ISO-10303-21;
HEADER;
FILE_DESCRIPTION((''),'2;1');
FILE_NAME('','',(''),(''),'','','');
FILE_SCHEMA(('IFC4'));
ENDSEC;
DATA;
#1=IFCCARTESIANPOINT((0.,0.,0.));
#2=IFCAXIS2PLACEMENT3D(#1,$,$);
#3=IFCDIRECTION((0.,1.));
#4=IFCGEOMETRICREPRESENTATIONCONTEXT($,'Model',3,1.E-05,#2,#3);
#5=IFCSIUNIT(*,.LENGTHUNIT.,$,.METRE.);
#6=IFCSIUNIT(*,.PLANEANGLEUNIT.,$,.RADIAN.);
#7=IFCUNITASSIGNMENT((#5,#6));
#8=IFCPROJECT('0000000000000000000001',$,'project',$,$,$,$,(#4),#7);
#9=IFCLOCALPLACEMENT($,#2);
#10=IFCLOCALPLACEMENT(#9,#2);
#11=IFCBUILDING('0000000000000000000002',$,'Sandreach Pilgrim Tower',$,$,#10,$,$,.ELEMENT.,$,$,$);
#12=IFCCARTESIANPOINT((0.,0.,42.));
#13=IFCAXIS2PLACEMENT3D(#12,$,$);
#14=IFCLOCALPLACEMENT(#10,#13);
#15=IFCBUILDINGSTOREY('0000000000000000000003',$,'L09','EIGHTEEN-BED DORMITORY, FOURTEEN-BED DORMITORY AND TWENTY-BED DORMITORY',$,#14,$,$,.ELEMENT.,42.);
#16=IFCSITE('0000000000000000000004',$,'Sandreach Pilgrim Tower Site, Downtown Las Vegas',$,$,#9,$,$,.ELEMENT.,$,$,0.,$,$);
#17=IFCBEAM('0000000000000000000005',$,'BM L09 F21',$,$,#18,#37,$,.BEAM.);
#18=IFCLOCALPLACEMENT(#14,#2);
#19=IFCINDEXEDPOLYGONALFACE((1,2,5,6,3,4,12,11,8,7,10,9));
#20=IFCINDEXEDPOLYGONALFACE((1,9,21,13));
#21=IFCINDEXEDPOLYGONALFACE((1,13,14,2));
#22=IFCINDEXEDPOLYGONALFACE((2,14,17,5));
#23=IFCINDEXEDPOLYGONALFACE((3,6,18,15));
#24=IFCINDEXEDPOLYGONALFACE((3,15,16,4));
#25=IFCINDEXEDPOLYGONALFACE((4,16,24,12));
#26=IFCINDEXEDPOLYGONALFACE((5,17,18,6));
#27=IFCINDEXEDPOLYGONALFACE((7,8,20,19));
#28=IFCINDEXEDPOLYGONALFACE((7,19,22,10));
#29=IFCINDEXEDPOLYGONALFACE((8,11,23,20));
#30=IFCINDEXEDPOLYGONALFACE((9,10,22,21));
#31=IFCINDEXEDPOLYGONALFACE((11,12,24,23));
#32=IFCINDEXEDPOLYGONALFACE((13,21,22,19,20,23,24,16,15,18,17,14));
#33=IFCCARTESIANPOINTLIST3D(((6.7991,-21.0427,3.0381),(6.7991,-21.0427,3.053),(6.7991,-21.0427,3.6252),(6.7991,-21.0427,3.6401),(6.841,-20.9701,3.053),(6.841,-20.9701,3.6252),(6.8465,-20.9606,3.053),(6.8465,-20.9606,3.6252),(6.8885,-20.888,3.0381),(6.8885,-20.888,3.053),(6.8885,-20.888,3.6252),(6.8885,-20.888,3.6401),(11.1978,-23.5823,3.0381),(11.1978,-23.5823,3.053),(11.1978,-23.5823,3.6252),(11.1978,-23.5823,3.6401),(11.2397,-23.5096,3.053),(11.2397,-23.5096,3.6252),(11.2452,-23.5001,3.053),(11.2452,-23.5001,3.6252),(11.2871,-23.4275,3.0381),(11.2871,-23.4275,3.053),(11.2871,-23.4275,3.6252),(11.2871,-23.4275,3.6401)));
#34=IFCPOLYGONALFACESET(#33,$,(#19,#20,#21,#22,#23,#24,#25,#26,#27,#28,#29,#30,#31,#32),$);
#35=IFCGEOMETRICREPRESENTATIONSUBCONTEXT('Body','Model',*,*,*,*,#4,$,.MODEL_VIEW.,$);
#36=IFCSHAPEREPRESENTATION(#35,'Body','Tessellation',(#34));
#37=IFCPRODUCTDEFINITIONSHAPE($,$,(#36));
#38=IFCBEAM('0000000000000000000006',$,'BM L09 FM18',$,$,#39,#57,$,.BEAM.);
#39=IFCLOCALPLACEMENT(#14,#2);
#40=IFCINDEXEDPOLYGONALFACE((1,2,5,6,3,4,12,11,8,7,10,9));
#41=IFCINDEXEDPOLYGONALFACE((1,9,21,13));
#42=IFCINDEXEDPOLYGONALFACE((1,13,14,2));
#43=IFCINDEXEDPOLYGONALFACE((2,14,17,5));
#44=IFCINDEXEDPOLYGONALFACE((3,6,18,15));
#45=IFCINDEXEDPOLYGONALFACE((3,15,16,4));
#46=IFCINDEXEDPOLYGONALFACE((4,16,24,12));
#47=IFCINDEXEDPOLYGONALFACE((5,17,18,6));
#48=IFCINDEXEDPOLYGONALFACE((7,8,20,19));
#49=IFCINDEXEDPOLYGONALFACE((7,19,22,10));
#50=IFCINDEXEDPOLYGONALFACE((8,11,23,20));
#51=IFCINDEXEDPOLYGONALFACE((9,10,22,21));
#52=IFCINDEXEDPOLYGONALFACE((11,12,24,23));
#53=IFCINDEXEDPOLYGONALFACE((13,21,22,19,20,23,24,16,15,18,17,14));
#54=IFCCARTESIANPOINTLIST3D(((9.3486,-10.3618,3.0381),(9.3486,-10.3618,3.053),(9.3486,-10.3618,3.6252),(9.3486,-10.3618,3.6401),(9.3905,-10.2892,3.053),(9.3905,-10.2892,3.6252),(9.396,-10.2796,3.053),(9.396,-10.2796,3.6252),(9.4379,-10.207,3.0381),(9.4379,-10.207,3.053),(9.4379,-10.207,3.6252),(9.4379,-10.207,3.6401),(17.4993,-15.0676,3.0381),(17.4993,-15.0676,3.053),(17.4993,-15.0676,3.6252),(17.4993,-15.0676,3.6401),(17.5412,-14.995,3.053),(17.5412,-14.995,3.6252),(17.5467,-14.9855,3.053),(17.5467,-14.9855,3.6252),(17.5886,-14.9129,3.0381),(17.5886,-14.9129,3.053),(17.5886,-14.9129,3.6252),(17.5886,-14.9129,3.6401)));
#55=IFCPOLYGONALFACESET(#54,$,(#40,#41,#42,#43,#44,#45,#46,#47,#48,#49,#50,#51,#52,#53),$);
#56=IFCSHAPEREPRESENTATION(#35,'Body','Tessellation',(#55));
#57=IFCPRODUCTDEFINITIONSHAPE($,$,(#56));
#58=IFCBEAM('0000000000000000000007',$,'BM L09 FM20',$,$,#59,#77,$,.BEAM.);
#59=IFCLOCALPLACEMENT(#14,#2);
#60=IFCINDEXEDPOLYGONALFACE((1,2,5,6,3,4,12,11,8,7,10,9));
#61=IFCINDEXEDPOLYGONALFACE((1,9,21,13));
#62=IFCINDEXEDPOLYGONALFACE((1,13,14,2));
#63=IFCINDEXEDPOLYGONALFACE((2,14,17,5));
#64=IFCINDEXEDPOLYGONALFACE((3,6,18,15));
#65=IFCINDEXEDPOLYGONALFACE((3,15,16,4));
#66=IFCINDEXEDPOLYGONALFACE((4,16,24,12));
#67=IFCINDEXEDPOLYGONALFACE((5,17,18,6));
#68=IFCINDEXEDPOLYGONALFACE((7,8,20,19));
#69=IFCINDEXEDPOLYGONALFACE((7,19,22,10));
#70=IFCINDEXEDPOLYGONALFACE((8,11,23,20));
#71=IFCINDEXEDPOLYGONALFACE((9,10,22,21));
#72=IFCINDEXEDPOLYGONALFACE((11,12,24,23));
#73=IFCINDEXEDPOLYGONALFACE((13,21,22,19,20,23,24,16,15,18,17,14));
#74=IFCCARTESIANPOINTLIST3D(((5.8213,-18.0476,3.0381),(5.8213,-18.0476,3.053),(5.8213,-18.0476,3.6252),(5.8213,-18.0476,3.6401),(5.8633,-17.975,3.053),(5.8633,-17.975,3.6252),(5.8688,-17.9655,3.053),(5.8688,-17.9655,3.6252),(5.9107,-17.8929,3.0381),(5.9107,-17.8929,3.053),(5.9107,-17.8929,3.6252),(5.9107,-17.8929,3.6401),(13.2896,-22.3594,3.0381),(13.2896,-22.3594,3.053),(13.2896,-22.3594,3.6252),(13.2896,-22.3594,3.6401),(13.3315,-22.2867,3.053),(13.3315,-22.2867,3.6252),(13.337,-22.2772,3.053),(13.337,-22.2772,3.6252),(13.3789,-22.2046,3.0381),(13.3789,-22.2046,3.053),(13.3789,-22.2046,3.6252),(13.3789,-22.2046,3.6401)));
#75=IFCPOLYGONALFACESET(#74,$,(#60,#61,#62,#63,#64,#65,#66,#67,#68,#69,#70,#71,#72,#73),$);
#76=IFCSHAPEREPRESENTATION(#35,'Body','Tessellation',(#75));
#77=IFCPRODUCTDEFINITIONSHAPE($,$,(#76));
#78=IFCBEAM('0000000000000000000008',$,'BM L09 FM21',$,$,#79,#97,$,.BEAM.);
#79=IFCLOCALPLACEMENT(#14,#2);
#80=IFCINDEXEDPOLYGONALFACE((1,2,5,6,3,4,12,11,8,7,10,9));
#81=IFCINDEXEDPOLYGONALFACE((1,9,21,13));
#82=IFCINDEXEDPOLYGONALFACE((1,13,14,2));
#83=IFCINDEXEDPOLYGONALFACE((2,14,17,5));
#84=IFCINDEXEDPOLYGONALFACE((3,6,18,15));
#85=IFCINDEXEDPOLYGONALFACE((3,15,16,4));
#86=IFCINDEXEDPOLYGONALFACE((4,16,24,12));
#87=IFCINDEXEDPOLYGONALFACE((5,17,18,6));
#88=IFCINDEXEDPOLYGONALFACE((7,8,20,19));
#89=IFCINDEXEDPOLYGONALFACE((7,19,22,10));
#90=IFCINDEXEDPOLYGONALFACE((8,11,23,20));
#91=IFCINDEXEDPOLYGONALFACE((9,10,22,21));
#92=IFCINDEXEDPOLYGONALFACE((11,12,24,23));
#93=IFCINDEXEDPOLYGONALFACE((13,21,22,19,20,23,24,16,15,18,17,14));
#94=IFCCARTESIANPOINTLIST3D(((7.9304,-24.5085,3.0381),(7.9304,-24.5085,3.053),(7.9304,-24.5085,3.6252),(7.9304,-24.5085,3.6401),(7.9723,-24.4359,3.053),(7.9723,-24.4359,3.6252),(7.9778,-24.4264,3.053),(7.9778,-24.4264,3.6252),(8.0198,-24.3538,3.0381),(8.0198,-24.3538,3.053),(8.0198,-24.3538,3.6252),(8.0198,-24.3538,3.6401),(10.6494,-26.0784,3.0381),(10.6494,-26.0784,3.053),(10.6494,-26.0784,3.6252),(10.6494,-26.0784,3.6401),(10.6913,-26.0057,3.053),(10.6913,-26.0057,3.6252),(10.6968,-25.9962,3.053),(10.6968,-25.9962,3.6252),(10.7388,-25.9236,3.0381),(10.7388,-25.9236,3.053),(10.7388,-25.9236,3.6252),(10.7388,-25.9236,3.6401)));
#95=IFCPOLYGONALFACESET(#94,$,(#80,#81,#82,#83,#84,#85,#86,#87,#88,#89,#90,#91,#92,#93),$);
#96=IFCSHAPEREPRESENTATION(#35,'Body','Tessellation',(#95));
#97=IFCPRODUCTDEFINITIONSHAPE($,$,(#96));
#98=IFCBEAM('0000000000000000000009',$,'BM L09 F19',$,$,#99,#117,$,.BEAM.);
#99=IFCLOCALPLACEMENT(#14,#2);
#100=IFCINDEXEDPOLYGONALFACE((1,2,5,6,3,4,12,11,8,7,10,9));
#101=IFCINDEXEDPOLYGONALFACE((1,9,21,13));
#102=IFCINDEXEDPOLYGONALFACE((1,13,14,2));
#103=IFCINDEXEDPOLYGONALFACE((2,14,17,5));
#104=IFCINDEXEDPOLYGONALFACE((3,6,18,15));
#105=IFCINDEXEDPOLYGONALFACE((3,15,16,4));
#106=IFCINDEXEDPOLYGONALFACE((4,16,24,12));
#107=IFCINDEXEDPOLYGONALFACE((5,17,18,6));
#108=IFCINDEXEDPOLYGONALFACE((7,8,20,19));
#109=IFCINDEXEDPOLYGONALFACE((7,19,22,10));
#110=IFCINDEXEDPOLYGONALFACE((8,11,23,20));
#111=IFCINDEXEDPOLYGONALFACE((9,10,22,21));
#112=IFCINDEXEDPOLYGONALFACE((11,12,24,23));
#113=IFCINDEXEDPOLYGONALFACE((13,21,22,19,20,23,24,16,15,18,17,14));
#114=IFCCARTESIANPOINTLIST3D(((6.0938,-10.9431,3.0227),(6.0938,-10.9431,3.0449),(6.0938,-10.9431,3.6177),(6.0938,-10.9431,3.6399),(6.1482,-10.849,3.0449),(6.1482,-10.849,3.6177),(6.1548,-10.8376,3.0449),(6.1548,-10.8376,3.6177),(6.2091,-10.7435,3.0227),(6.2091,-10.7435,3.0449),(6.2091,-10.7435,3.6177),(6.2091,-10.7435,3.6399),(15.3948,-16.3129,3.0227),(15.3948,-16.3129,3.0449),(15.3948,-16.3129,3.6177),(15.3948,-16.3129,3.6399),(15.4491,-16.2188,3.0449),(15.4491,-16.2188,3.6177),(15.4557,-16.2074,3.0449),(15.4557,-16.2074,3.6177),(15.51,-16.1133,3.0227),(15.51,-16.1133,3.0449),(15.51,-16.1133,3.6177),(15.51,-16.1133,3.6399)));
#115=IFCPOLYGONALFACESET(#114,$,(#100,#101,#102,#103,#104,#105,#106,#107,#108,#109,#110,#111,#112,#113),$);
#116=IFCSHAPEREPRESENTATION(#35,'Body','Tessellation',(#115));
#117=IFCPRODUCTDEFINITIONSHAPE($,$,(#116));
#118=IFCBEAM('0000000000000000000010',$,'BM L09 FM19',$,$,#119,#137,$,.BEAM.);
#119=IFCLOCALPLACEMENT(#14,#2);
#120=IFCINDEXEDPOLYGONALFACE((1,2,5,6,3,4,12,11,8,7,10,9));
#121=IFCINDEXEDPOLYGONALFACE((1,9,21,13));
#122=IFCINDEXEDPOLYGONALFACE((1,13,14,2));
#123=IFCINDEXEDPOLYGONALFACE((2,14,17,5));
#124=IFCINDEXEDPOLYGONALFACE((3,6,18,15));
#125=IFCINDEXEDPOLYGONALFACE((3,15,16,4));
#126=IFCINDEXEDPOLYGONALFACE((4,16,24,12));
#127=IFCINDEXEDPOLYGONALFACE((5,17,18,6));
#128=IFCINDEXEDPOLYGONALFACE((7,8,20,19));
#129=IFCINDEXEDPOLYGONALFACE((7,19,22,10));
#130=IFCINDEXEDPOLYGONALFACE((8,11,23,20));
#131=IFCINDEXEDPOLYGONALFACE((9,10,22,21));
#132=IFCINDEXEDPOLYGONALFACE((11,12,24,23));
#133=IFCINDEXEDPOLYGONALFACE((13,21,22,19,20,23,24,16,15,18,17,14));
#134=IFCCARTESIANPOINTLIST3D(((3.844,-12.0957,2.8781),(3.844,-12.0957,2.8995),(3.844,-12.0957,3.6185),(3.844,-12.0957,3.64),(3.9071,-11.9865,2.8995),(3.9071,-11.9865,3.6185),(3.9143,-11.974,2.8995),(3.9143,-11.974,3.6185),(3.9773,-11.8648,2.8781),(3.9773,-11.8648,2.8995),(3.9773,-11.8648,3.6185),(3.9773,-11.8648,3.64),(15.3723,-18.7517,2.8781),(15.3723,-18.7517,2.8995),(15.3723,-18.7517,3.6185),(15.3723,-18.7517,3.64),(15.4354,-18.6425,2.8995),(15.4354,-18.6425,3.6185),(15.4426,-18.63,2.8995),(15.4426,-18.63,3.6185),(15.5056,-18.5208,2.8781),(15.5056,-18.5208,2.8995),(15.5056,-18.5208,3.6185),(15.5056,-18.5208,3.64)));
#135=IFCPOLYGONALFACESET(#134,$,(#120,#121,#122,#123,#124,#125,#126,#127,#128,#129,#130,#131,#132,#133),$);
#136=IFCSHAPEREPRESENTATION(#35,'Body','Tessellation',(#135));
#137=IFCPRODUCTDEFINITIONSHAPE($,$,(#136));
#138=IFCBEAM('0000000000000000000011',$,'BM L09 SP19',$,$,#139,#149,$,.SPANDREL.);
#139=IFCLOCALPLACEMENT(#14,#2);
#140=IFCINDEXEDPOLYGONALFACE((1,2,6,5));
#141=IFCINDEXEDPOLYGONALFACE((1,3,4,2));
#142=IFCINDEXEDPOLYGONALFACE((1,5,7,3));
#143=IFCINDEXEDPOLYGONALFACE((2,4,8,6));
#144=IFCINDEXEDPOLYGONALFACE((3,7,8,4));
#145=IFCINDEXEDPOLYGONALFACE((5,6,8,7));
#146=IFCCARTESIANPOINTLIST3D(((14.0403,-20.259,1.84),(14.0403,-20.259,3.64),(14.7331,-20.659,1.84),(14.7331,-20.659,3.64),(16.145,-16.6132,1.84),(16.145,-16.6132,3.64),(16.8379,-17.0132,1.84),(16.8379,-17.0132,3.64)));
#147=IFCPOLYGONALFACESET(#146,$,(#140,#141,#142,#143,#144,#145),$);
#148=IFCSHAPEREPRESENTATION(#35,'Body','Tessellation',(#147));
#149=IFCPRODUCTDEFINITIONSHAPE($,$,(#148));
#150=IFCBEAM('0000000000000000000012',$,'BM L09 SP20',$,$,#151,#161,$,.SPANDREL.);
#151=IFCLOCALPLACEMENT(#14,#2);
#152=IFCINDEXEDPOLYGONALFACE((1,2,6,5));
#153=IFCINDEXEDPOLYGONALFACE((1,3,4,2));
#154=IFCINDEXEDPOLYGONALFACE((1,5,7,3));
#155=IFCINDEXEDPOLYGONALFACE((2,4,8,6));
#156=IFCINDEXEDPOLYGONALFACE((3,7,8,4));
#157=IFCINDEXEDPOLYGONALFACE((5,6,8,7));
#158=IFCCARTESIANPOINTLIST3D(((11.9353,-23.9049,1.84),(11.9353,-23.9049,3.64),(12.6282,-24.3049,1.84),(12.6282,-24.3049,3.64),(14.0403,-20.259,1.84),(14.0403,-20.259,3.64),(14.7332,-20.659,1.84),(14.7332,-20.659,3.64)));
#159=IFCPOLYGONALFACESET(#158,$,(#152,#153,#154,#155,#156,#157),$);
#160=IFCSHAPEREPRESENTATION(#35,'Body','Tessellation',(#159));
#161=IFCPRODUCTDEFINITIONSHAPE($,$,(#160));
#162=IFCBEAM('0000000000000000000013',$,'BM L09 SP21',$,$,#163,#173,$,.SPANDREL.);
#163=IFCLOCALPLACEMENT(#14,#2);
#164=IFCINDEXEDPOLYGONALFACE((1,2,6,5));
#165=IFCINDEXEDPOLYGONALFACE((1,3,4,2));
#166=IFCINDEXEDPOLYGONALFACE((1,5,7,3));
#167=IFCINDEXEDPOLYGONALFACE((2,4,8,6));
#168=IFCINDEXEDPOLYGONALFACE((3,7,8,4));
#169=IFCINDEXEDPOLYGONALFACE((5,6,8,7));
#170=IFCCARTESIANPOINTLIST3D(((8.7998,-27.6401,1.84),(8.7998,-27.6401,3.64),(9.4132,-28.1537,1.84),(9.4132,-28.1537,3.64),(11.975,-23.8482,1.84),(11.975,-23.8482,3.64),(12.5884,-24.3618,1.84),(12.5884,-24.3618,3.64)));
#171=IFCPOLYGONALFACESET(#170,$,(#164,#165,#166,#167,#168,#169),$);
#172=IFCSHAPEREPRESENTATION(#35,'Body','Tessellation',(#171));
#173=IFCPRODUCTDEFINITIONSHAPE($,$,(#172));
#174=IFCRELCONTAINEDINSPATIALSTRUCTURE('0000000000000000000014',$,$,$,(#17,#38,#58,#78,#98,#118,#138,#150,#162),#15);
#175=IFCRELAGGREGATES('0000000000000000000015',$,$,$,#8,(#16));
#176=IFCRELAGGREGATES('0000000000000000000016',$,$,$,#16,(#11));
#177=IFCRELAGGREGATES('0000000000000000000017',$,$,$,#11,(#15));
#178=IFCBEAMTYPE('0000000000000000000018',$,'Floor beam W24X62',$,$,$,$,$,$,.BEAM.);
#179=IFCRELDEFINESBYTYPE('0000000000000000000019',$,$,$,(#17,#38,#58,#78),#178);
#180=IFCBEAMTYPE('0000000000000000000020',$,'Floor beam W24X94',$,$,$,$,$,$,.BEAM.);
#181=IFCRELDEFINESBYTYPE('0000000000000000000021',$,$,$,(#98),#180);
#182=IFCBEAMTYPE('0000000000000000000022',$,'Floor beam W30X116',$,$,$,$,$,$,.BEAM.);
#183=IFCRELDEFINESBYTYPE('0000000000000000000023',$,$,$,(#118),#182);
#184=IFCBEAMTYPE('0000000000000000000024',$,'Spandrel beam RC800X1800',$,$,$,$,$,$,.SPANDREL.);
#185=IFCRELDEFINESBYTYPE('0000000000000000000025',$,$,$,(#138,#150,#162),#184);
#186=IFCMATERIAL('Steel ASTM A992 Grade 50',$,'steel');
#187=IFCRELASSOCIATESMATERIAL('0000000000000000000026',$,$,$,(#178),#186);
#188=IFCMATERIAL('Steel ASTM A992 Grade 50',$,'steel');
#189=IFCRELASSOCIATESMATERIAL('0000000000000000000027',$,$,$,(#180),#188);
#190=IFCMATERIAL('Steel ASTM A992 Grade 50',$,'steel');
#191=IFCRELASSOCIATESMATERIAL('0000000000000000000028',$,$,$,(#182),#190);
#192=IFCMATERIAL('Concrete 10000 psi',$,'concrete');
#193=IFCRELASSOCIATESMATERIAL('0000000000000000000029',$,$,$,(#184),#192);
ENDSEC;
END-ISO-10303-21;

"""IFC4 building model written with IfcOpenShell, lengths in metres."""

from ifc_helpers import new_model, si_unit, direction, frame, origin, origin_2d, place, context, subcontext, project, spatial, rectangle, i_section, extrude, material, material_profile, profile_set, type_object, element, save


model = new_model("IFC4")

# Units and contexts
model_context = context("Model", 3, precision=1e-05, world=origin(), true_north=direction((0.0, 1.0)))
body_context = subcontext(model_context, "Body", "Model", "MODEL_VIEW")
ifc_project = project(units=[si_unit("LENGTHUNIT", "METRE"), si_unit("PLANEANGLEUNIT", "RADIAN")], contexts=[model_context])

# Site, building, storey
site_placement = place(None, origin())
site = spatial("IfcSite", under=ifc_project, at=site_placement, Name="Sandreach Pilgrim Tower Site, Downtown Las Vegas", CompositionType="ELEMENT", RefElevation=0.0)
building_placement = place(site_placement, origin())
building = spatial("IfcBuilding", under=site, at=building_placement, Name="Sandreach Pilgrim Tower", CompositionType="ELEMENT")
storey_placement = place(building_placement, frame((0.0, 0.0, 42.0)))
storey = spatial("IfcBuildingStorey", under=building, at=storey_placement, Name="L09", Description="EIGHTEEN-BED DORMITORY, FOURTEEN-BED DORMITORY AND TWENTY-BED DORMITORY", CompositionType="ELEMENT", Elevation=42.0)

# Beams
ifc_material_1 = material(Name="Steel ASTM A992 Grade 50", Category="steel")
ifc_material_profile_1 = material_profile(ifc_material_1, i_section(OverallWidth=0.1787, OverallDepth=0.6021, WebThickness=0.011, FlangeThickness=0.0149, at=origin_2d()), Name="W24X62")
ifc_profile_set_1 = profile_set([ifc_material_profile_1], Name="Steel ASTM A992 Grade 50")
beam_type_1 = type_object("IfcBeamType", Name="Floor beam W24X62", PredefinedType="BEAM", material=ifc_profile_set_1)
beam_1_placement = place(storey_placement, frame((11.2424, -23.5049, 3.3391), z_axis=(-0.866028, 0.499996, 0.0), x_axis=(-0.499996, -0.866028, 0.0)))
element("IfcBeam", 1, at=beam_1_placement, inside=storey, type_object=beam_type_1, Name="BM L09 F21", PredefinedType="BEAM", context=body_context, shape_type="SweptSolid", body=[
    extrude(i_section(OverallWidth=0.1787, OverallDepth=0.6021, WebThickness=0.011, FlangeThickness=0.0149, at=origin_2d()), origin(), (0.0, 0.0, 1.0), 5.0791),
])
beam_2_placement = place(storey_placement, frame((17.5439, -14.9902, 3.3391), z_axis=(-0.866024, 0.500003, 0.0), x_axis=(-0.500003, -0.866024, 0.0)))
element("IfcBeam", 2, at=beam_2_placement, inside=storey, type_object=beam_type_1, Name="BM L09 FM18", PredefinedType="BEAM", context=body_context, shape_type="SweptSolid", body=[
    extrude(i_section(OverallWidth=0.1787, OverallDepth=0.6021, WebThickness=0.011, FlangeThickness=0.0149, at=origin_2d()), origin(), (0.0, 0.0, 1.0), 9.4116),
])
beam_3_placement = place(storey_placement, frame((13.3342, -22.282, 3.3391), z_axis=(-0.866027, 0.499997, 0.0), x_axis=(-0.499997, -0.866027, 0.0)))
element("IfcBeam", 3, at=beam_3_placement, inside=storey, type_object=beam_type_1, Name="BM L09 FM20", PredefinedType="BEAM", context=body_context, shape_type="SweptSolid", body=[
    extrude(i_section(OverallWidth=0.1787, OverallDepth=0.6021, WebThickness=0.011, FlangeThickness=0.0149, at=origin_2d()), origin(), (0.0, 0.0, 1.0), 8.6235),
])
beam_4_placement = place(storey_placement, frame((10.6941, -26.001, 3.3391), z_axis=(-0.866024, 0.500003, 0.0), x_axis=(-0.500003, -0.866024, 0.0)))
element("IfcBeam", 4, at=beam_4_placement, inside=storey, type_object=beam_type_1, Name="BM L09 FM21", PredefinedType="BEAM", context=body_context, shape_type="SweptSolid", body=[
    extrude(i_section(OverallWidth=0.1787, OverallDepth=0.6021, WebThickness=0.011, FlangeThickness=0.0149, at=origin_2d()), origin(), (0.0, 0.0, 1.0), 3.1396),
])
ifc_material_2 = material(Name="Steel ASTM A992 Grade 50", Category="steel")
ifc_material_profile_2 = material_profile(ifc_material_2, i_section(OverallWidth=0.2305, OverallDepth=0.6172, WebThickness=0.0132, FlangeThickness=0.0222, at=origin_2d()), Name="W24X94")
ifc_profile_set_2 = profile_set([ifc_material_profile_2], Name="Steel ASTM A992 Grade 50")
beam_type_2 = type_object("IfcBeamType", Name="Floor beam W24X94", PredefinedType="BEAM", material=ifc_profile_set_2)
beam_5_placement = place(storey_placement, frame((15.4524, -16.2131, 3.3313), z_axis=(-0.866028, 0.499995, 0.0), x_axis=(-0.499995, -0.866028, 0.0)))
element("IfcBeam", 5, at=beam_5_placement, inside=storey, type_object=beam_type_2, Name="BM L09 F19", PredefinedType="BEAM", context=body_context, shape_type="SweptSolid", body=[
    extrude(i_section(OverallWidth=0.2305, OverallDepth=0.6172, WebThickness=0.0132, FlangeThickness=0.0222, at=origin_2d()), origin(), (0.0, 0.0, 1.0), 10.7397),
])
ifc_material_3 = material(Name="Steel ASTM A992 Grade 50", Category="steel")
ifc_material_profile_3 = material_profile(ifc_material_3, i_section(OverallWidth=0.2666, OverallDepth=0.762, WebThickness=0.0144, FlangeThickness=0.0215, at=origin_2d()), Name="W30X116")
ifc_profile_set_3 = profile_set([ifc_material_profile_3], Name="Steel ASTM A992 Grade 50")
beam_type_3 = type_object("IfcBeamType", Name="Floor beam W30X116", PredefinedType="BEAM", material=ifc_profile_set_3)
beam_6_placement = place(storey_placement, frame((15.439, -18.6362, 3.259), z_axis=(-0.866021, 0.500007, 0.0), x_axis=(-0.500007, -0.866021, 0.0)))
element("IfcBeam", 6, at=beam_6_placement, inside=storey, type_object=beam_type_3, Name="BM L09 FM19", PredefinedType="BEAM", context=body_context, shape_type="SweptSolid", body=[
    extrude(i_section(OverallWidth=0.2666, OverallDepth=0.762, WebThickness=0.0144, FlangeThickness=0.0215, at=origin_2d()), origin(), (0.0, 0.0, 1.0), 13.3118),
])
ifc_material_4 = material(Name="Concrete 10000 psi", Category="concrete")
ifc_material_profile_4 = material_profile(ifc_material_4, rectangle(XDim=0.8, YDim=1.8, at=origin_2d()), Name="RC800X1800")
ifc_profile_set_4 = profile_set([ifc_material_profile_4], Name="Concrete 10000 psi")
beam_type_4 = type_object("IfcBeamType", Name="Spandrel beam RC800X1800", PredefinedType="SPANDREL", material=ifc_profile_set_4)
beam_7_placement = place(storey_placement, frame((16.4915, -16.8132, 2.74), z_axis=(-0.499975, -0.86604, 0.0), x_axis=(0.86604, -0.499975, 0.0)))
element("IfcBeam", 7, at=beam_7_placement, inside=storey, type_object=beam_type_4, Name="BM L09 SP19", PredefinedType="SPANDREL", context=body_context, shape_type="SweptSolid", body=[
    extrude(rectangle(XDim=0.8, YDim=1.8, at=origin_2d()), origin(), (0.0, 0.0, 1.0), 4.2097),
])
beam_8_placement = place(storey_placement, frame((14.3867, -20.459, 2.74), z_axis=(-0.499994, -0.866029, 0.0), x_axis=(0.866029, -0.499994, 0.0)))
element("IfcBeam", 8, at=beam_8_placement, inside=storey, type_object=beam_type_4, Name="BM L09 SP20", PredefinedType="SPANDREL", context=body_context, shape_type="SweptSolid", body=[
    extrude(rectangle(XDim=0.8, YDim=1.8, at=origin_2d()), origin(), (0.0, 0.0, 1.0), 4.21),
])
beam_9_placement = place(storey_placement, frame((12.2817, -24.105, 2.74), z_axis=(-0.642008, -0.766698, 0.0), x_axis=(0.766698, -0.642008, 0.0)))
element("IfcBeam", 9, at=beam_9_placement, inside=storey, type_object=beam_type_4, Name="BM L09 SP21", PredefinedType="SPANDREL", context=body_context, shape_type="SweptSolid", body=[
    extrude(rectangle(XDim=0.8, YDim=1.8, at=origin_2d()), origin(), (0.0, 0.0, 1.0), 4.9458),
])

save(model, "model.ifc")
